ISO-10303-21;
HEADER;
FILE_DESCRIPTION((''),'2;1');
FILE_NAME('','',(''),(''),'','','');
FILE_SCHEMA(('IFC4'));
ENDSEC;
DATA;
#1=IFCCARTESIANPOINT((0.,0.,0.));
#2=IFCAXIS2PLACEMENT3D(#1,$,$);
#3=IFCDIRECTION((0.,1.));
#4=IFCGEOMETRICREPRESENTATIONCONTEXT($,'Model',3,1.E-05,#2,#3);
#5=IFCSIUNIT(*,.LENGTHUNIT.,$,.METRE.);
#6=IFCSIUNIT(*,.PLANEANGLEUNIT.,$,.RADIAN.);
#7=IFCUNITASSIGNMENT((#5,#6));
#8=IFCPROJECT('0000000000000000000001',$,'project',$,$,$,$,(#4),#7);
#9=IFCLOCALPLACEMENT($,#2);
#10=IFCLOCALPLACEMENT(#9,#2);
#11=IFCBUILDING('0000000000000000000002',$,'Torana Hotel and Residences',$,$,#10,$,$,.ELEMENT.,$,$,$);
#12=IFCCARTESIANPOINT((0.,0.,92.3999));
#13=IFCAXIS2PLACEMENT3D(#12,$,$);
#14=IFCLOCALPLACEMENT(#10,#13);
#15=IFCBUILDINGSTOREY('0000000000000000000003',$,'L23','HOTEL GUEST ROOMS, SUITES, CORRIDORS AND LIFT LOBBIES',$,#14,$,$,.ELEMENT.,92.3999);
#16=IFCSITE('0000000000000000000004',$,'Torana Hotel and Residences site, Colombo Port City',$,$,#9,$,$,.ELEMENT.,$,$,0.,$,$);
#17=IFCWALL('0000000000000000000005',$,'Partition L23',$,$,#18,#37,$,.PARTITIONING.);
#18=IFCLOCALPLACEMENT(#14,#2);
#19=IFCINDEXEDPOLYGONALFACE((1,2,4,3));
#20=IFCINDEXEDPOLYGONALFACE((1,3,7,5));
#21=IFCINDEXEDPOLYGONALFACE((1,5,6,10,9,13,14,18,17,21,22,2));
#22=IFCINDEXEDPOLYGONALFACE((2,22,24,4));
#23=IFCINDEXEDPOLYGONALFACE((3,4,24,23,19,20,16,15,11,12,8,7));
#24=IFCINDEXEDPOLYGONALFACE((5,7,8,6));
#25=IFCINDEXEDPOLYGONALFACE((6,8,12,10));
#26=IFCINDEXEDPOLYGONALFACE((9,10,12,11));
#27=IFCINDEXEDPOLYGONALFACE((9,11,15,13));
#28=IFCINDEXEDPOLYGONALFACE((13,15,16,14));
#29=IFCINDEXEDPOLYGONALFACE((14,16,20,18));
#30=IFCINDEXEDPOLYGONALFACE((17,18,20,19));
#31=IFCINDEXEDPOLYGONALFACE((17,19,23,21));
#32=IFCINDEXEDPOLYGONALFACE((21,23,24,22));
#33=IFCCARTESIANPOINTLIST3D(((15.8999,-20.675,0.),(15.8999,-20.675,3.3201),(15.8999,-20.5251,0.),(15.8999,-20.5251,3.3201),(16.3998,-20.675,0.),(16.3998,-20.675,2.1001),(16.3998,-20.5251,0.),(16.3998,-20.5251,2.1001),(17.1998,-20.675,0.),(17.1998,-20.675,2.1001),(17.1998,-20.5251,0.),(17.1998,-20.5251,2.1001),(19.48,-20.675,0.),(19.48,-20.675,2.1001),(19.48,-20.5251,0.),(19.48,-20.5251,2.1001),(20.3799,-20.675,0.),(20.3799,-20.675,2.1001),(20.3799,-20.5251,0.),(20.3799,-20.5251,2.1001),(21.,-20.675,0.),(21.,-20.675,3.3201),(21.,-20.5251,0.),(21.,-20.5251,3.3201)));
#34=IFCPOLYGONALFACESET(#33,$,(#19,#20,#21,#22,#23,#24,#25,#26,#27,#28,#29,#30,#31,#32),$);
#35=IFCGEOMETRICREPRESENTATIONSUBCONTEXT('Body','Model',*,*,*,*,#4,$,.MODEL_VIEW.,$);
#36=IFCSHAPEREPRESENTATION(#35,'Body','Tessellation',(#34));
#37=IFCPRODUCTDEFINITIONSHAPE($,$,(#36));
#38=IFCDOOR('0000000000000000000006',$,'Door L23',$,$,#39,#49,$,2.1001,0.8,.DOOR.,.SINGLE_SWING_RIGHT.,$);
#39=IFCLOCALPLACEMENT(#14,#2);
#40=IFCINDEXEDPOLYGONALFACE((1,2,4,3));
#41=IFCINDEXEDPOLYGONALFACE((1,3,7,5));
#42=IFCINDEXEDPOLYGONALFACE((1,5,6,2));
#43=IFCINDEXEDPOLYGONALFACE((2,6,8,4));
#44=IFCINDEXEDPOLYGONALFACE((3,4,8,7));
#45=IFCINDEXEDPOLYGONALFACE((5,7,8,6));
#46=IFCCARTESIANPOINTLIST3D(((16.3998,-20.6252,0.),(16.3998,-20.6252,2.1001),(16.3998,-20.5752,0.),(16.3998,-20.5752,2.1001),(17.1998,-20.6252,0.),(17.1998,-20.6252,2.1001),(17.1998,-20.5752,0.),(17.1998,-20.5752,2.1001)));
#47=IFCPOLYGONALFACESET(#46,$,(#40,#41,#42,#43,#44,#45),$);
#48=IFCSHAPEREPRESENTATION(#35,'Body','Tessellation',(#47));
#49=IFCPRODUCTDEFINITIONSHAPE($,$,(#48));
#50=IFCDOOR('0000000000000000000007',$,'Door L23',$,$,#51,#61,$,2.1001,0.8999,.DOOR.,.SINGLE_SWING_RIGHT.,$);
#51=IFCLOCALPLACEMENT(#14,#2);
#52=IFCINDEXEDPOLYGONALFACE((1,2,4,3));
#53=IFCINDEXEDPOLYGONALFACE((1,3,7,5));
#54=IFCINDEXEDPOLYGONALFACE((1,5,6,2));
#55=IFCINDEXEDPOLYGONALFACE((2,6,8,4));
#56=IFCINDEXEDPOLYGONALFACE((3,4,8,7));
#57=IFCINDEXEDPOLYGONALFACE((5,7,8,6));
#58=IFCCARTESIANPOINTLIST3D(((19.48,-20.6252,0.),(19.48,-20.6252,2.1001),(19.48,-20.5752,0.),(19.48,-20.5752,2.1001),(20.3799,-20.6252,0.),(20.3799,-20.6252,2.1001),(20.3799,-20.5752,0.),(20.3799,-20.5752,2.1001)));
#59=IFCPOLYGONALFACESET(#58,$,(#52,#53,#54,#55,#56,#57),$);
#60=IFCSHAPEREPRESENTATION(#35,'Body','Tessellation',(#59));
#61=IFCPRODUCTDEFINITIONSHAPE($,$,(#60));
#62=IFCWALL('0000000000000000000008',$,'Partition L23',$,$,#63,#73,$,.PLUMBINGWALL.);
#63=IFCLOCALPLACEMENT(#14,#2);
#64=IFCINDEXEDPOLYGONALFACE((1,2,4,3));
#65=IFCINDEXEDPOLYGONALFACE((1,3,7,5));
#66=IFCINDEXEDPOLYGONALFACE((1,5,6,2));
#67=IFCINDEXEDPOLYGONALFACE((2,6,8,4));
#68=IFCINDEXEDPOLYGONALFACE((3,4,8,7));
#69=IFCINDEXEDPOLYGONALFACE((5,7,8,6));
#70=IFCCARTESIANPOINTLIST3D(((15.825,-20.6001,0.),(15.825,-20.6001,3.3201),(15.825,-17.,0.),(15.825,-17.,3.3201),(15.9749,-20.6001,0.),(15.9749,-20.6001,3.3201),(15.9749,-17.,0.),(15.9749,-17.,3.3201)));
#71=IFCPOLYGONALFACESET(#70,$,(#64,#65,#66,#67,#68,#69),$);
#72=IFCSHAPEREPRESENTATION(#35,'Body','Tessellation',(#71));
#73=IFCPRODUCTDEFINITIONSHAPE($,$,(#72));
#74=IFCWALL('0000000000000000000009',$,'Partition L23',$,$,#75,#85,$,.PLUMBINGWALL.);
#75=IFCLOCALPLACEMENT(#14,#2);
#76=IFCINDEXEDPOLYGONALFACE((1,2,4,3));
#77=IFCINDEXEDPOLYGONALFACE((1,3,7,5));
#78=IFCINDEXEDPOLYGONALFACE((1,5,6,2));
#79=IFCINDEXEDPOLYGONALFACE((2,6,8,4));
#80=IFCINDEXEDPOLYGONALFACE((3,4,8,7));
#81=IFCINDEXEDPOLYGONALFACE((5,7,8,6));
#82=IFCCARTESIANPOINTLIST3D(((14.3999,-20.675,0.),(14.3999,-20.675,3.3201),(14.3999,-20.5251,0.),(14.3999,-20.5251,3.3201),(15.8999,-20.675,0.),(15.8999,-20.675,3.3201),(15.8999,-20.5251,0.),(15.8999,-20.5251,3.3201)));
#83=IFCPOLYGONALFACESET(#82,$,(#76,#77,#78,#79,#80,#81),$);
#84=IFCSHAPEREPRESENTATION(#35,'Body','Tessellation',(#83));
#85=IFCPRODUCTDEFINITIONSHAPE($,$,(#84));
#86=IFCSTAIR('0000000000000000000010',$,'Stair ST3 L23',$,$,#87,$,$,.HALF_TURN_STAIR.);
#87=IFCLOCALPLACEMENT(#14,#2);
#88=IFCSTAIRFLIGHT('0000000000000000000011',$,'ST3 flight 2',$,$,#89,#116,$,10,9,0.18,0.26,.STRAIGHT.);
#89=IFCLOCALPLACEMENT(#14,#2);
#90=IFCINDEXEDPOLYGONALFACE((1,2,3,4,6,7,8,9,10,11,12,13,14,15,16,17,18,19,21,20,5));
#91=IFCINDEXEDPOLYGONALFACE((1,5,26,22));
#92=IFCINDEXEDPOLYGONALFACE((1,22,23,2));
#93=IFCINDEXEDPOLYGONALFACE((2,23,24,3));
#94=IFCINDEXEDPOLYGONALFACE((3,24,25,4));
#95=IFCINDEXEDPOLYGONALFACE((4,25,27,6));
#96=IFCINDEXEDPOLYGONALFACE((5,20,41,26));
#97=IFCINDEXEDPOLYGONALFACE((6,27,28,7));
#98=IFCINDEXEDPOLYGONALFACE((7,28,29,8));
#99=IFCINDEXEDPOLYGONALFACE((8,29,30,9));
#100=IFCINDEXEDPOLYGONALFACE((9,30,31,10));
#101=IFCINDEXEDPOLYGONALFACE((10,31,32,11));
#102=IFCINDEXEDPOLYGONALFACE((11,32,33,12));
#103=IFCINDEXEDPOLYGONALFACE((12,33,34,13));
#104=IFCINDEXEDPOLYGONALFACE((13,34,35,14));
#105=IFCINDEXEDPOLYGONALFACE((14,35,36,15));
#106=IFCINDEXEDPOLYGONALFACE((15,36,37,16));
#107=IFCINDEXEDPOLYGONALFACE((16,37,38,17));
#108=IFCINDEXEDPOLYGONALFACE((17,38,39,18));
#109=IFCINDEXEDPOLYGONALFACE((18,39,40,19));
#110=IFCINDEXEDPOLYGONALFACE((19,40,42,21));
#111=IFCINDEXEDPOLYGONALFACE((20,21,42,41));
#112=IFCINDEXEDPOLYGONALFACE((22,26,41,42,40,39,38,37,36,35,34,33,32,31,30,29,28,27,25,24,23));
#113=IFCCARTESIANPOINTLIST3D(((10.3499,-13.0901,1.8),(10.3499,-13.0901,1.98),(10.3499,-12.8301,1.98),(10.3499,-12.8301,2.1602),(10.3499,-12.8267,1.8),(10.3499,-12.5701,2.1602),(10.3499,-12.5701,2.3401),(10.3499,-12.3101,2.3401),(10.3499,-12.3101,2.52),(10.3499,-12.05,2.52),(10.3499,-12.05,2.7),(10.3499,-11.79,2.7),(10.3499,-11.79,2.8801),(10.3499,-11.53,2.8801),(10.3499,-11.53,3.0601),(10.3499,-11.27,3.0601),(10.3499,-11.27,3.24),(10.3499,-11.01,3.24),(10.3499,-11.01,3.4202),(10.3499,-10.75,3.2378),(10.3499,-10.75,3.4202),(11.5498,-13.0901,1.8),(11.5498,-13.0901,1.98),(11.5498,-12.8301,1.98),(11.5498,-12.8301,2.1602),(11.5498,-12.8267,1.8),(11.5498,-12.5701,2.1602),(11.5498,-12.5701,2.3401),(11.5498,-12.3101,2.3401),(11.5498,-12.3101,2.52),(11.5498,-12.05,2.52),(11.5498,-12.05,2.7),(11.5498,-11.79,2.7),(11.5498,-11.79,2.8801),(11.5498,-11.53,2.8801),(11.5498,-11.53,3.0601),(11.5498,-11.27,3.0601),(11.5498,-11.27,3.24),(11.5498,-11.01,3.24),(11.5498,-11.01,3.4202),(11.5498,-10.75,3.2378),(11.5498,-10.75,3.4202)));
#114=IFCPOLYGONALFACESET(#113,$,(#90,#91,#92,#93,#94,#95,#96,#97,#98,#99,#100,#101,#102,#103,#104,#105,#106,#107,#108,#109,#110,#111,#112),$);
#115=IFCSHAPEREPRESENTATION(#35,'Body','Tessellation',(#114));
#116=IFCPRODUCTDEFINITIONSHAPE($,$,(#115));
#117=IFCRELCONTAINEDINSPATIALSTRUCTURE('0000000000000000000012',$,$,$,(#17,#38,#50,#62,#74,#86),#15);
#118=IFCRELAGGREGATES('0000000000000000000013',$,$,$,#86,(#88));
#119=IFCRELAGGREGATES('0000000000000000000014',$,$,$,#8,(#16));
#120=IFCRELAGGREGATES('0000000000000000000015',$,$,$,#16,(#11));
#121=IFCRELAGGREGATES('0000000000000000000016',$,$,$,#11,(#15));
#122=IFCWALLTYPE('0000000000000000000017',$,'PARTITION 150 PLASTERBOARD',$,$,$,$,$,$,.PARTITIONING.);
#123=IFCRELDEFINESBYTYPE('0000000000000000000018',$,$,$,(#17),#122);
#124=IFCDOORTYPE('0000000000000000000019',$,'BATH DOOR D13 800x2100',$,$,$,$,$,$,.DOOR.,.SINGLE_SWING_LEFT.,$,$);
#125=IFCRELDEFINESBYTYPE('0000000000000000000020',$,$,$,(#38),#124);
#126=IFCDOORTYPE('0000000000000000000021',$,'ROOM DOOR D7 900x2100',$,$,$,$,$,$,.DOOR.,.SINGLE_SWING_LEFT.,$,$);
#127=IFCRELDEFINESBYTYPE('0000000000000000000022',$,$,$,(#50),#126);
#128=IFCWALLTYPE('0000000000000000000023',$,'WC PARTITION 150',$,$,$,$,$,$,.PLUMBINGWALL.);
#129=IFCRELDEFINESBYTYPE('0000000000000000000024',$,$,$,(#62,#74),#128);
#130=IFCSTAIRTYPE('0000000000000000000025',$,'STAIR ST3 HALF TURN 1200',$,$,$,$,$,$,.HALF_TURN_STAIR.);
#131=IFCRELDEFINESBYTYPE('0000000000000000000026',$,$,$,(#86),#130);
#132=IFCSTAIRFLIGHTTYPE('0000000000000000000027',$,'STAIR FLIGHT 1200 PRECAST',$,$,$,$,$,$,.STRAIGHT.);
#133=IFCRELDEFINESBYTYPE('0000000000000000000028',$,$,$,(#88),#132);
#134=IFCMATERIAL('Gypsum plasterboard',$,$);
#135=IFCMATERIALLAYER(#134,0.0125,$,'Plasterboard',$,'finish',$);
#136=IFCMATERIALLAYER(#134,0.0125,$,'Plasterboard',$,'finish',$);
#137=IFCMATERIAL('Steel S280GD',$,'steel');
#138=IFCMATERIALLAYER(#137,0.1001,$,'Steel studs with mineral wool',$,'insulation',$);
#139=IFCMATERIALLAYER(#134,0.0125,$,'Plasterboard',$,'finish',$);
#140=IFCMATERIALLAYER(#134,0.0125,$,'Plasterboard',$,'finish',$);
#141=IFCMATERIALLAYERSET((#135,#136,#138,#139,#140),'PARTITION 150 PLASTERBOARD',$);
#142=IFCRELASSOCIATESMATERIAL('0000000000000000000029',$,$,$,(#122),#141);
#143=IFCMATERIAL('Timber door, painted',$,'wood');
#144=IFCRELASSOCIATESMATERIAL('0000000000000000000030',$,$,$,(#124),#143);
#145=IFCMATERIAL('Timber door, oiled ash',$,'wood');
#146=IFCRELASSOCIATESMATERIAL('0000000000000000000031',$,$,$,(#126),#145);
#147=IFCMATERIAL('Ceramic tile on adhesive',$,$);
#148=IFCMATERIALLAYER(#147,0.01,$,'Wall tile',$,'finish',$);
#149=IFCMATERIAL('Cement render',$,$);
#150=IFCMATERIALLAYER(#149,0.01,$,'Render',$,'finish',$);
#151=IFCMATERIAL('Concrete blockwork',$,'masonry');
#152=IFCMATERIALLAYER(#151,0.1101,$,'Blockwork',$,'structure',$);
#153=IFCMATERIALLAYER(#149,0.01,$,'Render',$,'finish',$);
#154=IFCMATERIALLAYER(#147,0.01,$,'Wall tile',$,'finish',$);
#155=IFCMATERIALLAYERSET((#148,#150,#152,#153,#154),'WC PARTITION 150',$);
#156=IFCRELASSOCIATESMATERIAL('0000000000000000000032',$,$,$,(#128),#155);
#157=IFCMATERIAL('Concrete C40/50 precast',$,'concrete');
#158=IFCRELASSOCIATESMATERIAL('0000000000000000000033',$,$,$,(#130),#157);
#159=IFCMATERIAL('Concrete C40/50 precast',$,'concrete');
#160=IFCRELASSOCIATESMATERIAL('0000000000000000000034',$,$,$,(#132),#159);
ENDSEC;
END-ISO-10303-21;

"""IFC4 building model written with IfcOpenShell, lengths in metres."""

from ifc_helpers import new_model, si_unit, direction, frame, frame_2d, origin, place, context, subcontext, project, spatial, polyline, rectangle, outline, extrude, material, layer, layer_set, type_object, element, fill, aggregate, save


model = new_model("IFC4")

# Units and contexts
model_context = context("Model", 3, precision=1e-05, world=origin(), true_north=direction((0.0, 1.0)))
body_context = subcontext(model_context, "Body", "Model", "MODEL_VIEW")
ifc_project = project(units=[si_unit("LENGTHUNIT", "METRE"), si_unit("PLANEANGLEUNIT", "RADIAN")], contexts=[model_context])

# Site, building, storey
site_placement = place(None, origin())
site = spatial("IfcSite", under=ifc_project, at=site_placement, Name="Torana Hotel and Residences site, Colombo Port City", CompositionType="ELEMENT", RefElevation=0.0)
building_placement = place(site_placement, origin())
building = spatial("IfcBuilding", under=site, at=building_placement, Name="Torana Hotel and Residences", CompositionType="ELEMENT")
storey_placement = place(building_placement, frame((0.0, 0.0, 92.3999)))
storey = spatial("IfcBuildingStorey", under=building, at=storey_placement, Name="L23", Description="HOTEL GUEST ROOMS, SUITES, CORRIDORS AND LIFT LOBBIES", CompositionType="ELEMENT", Elevation=92.3999)

# Shared definitions
ifc_material_1 = material(Name="Concrete blockwork", Category="masonry")

# Wall, openings, doors
ifc_material_2 = material(Name="Gypsum plasterboard")
ifc_layer_1 = layer(ifc_material_2, 0.0125, Name="Plasterboard", Category="finish")
ifc_layer_2 = layer(ifc_material_2, 0.0125, Name="Plasterboard", Category="finish")
ifc_material_3 = material(Name="Steel S280GD", Category="steel")
ifc_layer_3 = layer(ifc_material_3, 0.1001, Name="Steel studs with mineral wool", Category="insulation")
ifc_layer_4 = layer(ifc_material_2, 0.0125, Name="Plasterboard", Category="finish")
ifc_layer_5 = layer(ifc_material_2, 0.0125, Name="Plasterboard", Category="finish")
ifc_layer_set_1 = layer_set([ifc_layer_1, ifc_layer_2, ifc_layer_3, ifc_layer_4, ifc_layer_5], Name="PARTITION 150 PLASTERBOARD")
wall_type_1 = type_object("IfcWallType", Name="PARTITION 150 PLASTERBOARD", PredefinedType="PARTITIONING", material=ifc_layer_set_1)
wall_1_placement = place(storey_placement, frame((15.8999, -20.6001, 0.0), z_axis=(0.0, 0.0, 1.0), x_axis=(1.0, 0.0, 0.0)))
wall_1 = element("IfcWall", 1, at=wall_1_placement, inside=storey, type_object=wall_type_1, Name="Partition L23", PredefinedType="PARTITIONING", context=body_context, shape_type="SweptSolid", body=[
    extrude(rectangle(XDim=5.1001, YDim=0.1499, at=frame_2d((2.55, 0.0))), origin(), (0.0, 0.0, 1.0), 3.3201),
])
opening_1_placement = place(wall_1_placement, frame((0.5, 0.0, 0.0)))
opening_1 = element("IfcOpeningElement", 2, at=opening_1_placement, cuts=wall_1, PredefinedType="OPENING", context=body_context, shape_type="SweptSolid", body=[
    extrude(rectangle(XDim=0.8, YDim=2.1001, at=frame_2d((0.3999, 1.05))), frame((0.0, 0.085, 0.0), z_axis=(0.0, -1.0, 0.0), x_axis=(1.0, 0.0, 0.0)), (0.0, 0.0, 1.0), 0.1699),
])
opening_2_placement = place(wall_1_placement, frame((3.5801, 0.0, 0.0)))
opening_2 = element("IfcOpeningElement", 3, at=opening_2_placement, cuts=wall_1, PredefinedType="OPENING", context=body_context, shape_type="SweptSolid", body=[
    extrude(rectangle(XDim=0.8999, YDim=2.1001, at=frame_2d((0.45, 1.05))), frame((0.0, 0.085, 0.0), z_axis=(0.0, -1.0, 0.0), x_axis=(1.0, 0.0, 0.0)), (0.0, 0.0, 1.0), 0.1699),
])
ifc_material_4 = material(Name="Timber door, painted", Category="wood")
door_type_1 = type_object("IfcDoorType", Name="BATH DOOR D13 800x2100", OperationType="SINGLE_SWING_LEFT", PredefinedType="DOOR", material=ifc_material_4)
door_1_placement = place(opening_1_placement, origin())
door_1 = element("IfcDoor", 4, at=door_1_placement, inside=storey, type_object=door_type_1, Name="Door L23", OperationType="SINGLE_SWING_RIGHT", OverallHeight=2.1001, OverallWidth=0.8, PredefinedType="DOOR", context=body_context, shape_type="SweptSolid", body=[
    extrude(rectangle(XDim=0.8, YDim=2.1001, at=frame_2d((0.3999, 1.05))), frame((0.0, 0.0249, 0.0), z_axis=(0.0, -1.0, 0.0), x_axis=(1.0, 0.0, 0.0)), (0.0, 0.0, 1.0), 0.05),
])
fill(opening_1, door_1)
ifc_material_5 = material(Name="Timber door, oiled ash", Category="wood")
door_type_2 = type_object("IfcDoorType", Name="ROOM DOOR D7 900x2100", OperationType="SINGLE_SWING_LEFT", PredefinedType="DOOR", material=ifc_material_5)
door_2_placement = place(opening_2_placement, origin())
door_2 = element("IfcDoor", 5, at=door_2_placement, inside=storey, type_object=door_type_2, Name="Door L23", OperationType="SINGLE_SWING_RIGHT", OverallHeight=2.1001, OverallWidth=0.8999, PredefinedType="DOOR", context=body_context, shape_type="SweptSolid", body=[
    extrude(rectangle(XDim=0.8999, YDim=2.1001, at=frame_2d((0.45, 1.05))), frame((0.0, 0.0249, 0.0), z_axis=(0.0, -1.0, 0.0), x_axis=(1.0, 0.0, 0.0)), (0.0, 0.0, 1.0), 0.05),
])
fill(opening_2, door_2)

# Walls
ifc_material_6 = material(Name="Ceramic tile on adhesive")
ifc_layer_6 = layer(ifc_material_6, 0.01, Name="Wall tile", Category="finish")
ifc_material_7 = material(Name="Cement render")
ifc_layer_7 = layer(ifc_material_7, 0.01, Name="Render", Category="finish")
ifc_layer_8 = layer(ifc_material_1, 0.1101, Name="Blockwork", Category="structure")
ifc_layer_9 = layer(ifc_material_7, 0.01, Name="Render", Category="finish")
ifc_layer_10 = layer(ifc_material_6, 0.01, Name="Wall tile", Category="finish")
ifc_layer_set_2 = layer_set([ifc_layer_6, ifc_layer_7, ifc_layer_8, ifc_layer_9, ifc_layer_10], Name="WC PARTITION 150")
wall_type_2 = type_object("IfcWallType", Name="WC PARTITION 150", PredefinedType="PLUMBINGWALL", material=ifc_layer_set_2)
wall_2_placement = place(storey_placement, frame((15.8999, -20.6001, 0.0), z_axis=(0.0, 0.0, 1.0), x_axis=(0.0, 1.0, 0.0)))
element("IfcWall", 6, at=wall_2_placement, inside=storey, type_object=wall_type_2, Name="Partition L23", PredefinedType="PLUMBINGWALL", context=body_context, shape_type="SweptSolid", body=[
    extrude(rectangle(XDim=3.6001, YDim=0.1499, at=frame_2d((1.8, 0.0))), origin(), (0.0, 0.0, 1.0), 3.3201),
])
wall_3_placement = place(storey_placement, frame((14.3999, -20.6001, 0.0), z_axis=(0.0, 0.0, 1.0), x_axis=(1.0, 0.0, 0.0)))
element("IfcWall", 7, at=wall_3_placement, inside=storey, type_object=wall_type_2, Name="Partition L23", PredefinedType="PLUMBINGWALL", context=body_context, shape_type="SweptSolid", body=[
    extrude(rectangle(XDim=1.5, YDim=0.1499, at=frame_2d((0.75, 0.0))), origin(), (0.0, 0.0, 1.0), 3.3201),
])

# Stair, stair flight
ifc_material_8 = material(Name="Concrete C40/50 precast", Category="concrete")
stair_type = type_object("IfcStairType", Name="STAIR ST3 HALF TURN 1200", PredefinedType="HALF_TURN_STAIR", material=ifc_material_8)
stair_placement = place(storey_placement, origin())
stair = element("IfcStair", 8, at=stair_placement, inside=storey, type_object=stair_type, Name="Stair ST3 L23", PredefinedType="HALF_TURN_STAIR")
ifc_material_9 = material(Name="Concrete C40/50 precast", Category="concrete")
stair_flight_type = type_object("IfcStairFlightType", Name="STAIR FLIGHT 1200 PRECAST", PredefinedType="STRAIGHT", material=ifc_material_9)
stair_flight_placement = place(storey_placement, frame((10.95, -13.0901, 1.8), z_axis=(0.0, 0.0, 1.0), x_axis=(0.0, 1.0, 0.0)))
stair_flight = element("IfcStairFlight", 9, at=stair_flight_placement, type_object=stair_flight_type, Name="ST3 flight 2", NumberOfRisers=10, NumberOfTreads=9, PredefinedType="STRAIGHT", RiserHeight=0.18, TreadLength=0.26, context=body_context, shape_type="SweptSolid", body=[
    extrude(outline(polyline([(0.0, 0.0), (0.0, 0.1799), (0.26, 0.1799), (0.26, 0.3601), (0.52, 0.3601), (0.52, 0.54), (0.78, 0.54), (0.78, 0.72), (1.04, 0.72), (1.04, 0.8999), (1.3, 0.8999), (1.3, 1.0801), (1.5601, 1.0801), (1.5601, 1.26), (1.8201, 1.26), (1.8201, 1.4399), (2.0801, 1.4399), (2.0801, 1.6201), (2.3401, 1.6201), (2.3401, 1.8), (2.3401, 1.4377), (0.2634, 0.0), (0.0, 0.0)])), frame((0.0, 0.6001, 0.0), z_axis=(0.0, -1.0, 0.0), x_axis=(1.0, 0.0, 0.0)), (0.0, 0.0, 1.0), 1.2),
])
aggregate(stair, [stair_flight])

save(model, "model.ifc")
